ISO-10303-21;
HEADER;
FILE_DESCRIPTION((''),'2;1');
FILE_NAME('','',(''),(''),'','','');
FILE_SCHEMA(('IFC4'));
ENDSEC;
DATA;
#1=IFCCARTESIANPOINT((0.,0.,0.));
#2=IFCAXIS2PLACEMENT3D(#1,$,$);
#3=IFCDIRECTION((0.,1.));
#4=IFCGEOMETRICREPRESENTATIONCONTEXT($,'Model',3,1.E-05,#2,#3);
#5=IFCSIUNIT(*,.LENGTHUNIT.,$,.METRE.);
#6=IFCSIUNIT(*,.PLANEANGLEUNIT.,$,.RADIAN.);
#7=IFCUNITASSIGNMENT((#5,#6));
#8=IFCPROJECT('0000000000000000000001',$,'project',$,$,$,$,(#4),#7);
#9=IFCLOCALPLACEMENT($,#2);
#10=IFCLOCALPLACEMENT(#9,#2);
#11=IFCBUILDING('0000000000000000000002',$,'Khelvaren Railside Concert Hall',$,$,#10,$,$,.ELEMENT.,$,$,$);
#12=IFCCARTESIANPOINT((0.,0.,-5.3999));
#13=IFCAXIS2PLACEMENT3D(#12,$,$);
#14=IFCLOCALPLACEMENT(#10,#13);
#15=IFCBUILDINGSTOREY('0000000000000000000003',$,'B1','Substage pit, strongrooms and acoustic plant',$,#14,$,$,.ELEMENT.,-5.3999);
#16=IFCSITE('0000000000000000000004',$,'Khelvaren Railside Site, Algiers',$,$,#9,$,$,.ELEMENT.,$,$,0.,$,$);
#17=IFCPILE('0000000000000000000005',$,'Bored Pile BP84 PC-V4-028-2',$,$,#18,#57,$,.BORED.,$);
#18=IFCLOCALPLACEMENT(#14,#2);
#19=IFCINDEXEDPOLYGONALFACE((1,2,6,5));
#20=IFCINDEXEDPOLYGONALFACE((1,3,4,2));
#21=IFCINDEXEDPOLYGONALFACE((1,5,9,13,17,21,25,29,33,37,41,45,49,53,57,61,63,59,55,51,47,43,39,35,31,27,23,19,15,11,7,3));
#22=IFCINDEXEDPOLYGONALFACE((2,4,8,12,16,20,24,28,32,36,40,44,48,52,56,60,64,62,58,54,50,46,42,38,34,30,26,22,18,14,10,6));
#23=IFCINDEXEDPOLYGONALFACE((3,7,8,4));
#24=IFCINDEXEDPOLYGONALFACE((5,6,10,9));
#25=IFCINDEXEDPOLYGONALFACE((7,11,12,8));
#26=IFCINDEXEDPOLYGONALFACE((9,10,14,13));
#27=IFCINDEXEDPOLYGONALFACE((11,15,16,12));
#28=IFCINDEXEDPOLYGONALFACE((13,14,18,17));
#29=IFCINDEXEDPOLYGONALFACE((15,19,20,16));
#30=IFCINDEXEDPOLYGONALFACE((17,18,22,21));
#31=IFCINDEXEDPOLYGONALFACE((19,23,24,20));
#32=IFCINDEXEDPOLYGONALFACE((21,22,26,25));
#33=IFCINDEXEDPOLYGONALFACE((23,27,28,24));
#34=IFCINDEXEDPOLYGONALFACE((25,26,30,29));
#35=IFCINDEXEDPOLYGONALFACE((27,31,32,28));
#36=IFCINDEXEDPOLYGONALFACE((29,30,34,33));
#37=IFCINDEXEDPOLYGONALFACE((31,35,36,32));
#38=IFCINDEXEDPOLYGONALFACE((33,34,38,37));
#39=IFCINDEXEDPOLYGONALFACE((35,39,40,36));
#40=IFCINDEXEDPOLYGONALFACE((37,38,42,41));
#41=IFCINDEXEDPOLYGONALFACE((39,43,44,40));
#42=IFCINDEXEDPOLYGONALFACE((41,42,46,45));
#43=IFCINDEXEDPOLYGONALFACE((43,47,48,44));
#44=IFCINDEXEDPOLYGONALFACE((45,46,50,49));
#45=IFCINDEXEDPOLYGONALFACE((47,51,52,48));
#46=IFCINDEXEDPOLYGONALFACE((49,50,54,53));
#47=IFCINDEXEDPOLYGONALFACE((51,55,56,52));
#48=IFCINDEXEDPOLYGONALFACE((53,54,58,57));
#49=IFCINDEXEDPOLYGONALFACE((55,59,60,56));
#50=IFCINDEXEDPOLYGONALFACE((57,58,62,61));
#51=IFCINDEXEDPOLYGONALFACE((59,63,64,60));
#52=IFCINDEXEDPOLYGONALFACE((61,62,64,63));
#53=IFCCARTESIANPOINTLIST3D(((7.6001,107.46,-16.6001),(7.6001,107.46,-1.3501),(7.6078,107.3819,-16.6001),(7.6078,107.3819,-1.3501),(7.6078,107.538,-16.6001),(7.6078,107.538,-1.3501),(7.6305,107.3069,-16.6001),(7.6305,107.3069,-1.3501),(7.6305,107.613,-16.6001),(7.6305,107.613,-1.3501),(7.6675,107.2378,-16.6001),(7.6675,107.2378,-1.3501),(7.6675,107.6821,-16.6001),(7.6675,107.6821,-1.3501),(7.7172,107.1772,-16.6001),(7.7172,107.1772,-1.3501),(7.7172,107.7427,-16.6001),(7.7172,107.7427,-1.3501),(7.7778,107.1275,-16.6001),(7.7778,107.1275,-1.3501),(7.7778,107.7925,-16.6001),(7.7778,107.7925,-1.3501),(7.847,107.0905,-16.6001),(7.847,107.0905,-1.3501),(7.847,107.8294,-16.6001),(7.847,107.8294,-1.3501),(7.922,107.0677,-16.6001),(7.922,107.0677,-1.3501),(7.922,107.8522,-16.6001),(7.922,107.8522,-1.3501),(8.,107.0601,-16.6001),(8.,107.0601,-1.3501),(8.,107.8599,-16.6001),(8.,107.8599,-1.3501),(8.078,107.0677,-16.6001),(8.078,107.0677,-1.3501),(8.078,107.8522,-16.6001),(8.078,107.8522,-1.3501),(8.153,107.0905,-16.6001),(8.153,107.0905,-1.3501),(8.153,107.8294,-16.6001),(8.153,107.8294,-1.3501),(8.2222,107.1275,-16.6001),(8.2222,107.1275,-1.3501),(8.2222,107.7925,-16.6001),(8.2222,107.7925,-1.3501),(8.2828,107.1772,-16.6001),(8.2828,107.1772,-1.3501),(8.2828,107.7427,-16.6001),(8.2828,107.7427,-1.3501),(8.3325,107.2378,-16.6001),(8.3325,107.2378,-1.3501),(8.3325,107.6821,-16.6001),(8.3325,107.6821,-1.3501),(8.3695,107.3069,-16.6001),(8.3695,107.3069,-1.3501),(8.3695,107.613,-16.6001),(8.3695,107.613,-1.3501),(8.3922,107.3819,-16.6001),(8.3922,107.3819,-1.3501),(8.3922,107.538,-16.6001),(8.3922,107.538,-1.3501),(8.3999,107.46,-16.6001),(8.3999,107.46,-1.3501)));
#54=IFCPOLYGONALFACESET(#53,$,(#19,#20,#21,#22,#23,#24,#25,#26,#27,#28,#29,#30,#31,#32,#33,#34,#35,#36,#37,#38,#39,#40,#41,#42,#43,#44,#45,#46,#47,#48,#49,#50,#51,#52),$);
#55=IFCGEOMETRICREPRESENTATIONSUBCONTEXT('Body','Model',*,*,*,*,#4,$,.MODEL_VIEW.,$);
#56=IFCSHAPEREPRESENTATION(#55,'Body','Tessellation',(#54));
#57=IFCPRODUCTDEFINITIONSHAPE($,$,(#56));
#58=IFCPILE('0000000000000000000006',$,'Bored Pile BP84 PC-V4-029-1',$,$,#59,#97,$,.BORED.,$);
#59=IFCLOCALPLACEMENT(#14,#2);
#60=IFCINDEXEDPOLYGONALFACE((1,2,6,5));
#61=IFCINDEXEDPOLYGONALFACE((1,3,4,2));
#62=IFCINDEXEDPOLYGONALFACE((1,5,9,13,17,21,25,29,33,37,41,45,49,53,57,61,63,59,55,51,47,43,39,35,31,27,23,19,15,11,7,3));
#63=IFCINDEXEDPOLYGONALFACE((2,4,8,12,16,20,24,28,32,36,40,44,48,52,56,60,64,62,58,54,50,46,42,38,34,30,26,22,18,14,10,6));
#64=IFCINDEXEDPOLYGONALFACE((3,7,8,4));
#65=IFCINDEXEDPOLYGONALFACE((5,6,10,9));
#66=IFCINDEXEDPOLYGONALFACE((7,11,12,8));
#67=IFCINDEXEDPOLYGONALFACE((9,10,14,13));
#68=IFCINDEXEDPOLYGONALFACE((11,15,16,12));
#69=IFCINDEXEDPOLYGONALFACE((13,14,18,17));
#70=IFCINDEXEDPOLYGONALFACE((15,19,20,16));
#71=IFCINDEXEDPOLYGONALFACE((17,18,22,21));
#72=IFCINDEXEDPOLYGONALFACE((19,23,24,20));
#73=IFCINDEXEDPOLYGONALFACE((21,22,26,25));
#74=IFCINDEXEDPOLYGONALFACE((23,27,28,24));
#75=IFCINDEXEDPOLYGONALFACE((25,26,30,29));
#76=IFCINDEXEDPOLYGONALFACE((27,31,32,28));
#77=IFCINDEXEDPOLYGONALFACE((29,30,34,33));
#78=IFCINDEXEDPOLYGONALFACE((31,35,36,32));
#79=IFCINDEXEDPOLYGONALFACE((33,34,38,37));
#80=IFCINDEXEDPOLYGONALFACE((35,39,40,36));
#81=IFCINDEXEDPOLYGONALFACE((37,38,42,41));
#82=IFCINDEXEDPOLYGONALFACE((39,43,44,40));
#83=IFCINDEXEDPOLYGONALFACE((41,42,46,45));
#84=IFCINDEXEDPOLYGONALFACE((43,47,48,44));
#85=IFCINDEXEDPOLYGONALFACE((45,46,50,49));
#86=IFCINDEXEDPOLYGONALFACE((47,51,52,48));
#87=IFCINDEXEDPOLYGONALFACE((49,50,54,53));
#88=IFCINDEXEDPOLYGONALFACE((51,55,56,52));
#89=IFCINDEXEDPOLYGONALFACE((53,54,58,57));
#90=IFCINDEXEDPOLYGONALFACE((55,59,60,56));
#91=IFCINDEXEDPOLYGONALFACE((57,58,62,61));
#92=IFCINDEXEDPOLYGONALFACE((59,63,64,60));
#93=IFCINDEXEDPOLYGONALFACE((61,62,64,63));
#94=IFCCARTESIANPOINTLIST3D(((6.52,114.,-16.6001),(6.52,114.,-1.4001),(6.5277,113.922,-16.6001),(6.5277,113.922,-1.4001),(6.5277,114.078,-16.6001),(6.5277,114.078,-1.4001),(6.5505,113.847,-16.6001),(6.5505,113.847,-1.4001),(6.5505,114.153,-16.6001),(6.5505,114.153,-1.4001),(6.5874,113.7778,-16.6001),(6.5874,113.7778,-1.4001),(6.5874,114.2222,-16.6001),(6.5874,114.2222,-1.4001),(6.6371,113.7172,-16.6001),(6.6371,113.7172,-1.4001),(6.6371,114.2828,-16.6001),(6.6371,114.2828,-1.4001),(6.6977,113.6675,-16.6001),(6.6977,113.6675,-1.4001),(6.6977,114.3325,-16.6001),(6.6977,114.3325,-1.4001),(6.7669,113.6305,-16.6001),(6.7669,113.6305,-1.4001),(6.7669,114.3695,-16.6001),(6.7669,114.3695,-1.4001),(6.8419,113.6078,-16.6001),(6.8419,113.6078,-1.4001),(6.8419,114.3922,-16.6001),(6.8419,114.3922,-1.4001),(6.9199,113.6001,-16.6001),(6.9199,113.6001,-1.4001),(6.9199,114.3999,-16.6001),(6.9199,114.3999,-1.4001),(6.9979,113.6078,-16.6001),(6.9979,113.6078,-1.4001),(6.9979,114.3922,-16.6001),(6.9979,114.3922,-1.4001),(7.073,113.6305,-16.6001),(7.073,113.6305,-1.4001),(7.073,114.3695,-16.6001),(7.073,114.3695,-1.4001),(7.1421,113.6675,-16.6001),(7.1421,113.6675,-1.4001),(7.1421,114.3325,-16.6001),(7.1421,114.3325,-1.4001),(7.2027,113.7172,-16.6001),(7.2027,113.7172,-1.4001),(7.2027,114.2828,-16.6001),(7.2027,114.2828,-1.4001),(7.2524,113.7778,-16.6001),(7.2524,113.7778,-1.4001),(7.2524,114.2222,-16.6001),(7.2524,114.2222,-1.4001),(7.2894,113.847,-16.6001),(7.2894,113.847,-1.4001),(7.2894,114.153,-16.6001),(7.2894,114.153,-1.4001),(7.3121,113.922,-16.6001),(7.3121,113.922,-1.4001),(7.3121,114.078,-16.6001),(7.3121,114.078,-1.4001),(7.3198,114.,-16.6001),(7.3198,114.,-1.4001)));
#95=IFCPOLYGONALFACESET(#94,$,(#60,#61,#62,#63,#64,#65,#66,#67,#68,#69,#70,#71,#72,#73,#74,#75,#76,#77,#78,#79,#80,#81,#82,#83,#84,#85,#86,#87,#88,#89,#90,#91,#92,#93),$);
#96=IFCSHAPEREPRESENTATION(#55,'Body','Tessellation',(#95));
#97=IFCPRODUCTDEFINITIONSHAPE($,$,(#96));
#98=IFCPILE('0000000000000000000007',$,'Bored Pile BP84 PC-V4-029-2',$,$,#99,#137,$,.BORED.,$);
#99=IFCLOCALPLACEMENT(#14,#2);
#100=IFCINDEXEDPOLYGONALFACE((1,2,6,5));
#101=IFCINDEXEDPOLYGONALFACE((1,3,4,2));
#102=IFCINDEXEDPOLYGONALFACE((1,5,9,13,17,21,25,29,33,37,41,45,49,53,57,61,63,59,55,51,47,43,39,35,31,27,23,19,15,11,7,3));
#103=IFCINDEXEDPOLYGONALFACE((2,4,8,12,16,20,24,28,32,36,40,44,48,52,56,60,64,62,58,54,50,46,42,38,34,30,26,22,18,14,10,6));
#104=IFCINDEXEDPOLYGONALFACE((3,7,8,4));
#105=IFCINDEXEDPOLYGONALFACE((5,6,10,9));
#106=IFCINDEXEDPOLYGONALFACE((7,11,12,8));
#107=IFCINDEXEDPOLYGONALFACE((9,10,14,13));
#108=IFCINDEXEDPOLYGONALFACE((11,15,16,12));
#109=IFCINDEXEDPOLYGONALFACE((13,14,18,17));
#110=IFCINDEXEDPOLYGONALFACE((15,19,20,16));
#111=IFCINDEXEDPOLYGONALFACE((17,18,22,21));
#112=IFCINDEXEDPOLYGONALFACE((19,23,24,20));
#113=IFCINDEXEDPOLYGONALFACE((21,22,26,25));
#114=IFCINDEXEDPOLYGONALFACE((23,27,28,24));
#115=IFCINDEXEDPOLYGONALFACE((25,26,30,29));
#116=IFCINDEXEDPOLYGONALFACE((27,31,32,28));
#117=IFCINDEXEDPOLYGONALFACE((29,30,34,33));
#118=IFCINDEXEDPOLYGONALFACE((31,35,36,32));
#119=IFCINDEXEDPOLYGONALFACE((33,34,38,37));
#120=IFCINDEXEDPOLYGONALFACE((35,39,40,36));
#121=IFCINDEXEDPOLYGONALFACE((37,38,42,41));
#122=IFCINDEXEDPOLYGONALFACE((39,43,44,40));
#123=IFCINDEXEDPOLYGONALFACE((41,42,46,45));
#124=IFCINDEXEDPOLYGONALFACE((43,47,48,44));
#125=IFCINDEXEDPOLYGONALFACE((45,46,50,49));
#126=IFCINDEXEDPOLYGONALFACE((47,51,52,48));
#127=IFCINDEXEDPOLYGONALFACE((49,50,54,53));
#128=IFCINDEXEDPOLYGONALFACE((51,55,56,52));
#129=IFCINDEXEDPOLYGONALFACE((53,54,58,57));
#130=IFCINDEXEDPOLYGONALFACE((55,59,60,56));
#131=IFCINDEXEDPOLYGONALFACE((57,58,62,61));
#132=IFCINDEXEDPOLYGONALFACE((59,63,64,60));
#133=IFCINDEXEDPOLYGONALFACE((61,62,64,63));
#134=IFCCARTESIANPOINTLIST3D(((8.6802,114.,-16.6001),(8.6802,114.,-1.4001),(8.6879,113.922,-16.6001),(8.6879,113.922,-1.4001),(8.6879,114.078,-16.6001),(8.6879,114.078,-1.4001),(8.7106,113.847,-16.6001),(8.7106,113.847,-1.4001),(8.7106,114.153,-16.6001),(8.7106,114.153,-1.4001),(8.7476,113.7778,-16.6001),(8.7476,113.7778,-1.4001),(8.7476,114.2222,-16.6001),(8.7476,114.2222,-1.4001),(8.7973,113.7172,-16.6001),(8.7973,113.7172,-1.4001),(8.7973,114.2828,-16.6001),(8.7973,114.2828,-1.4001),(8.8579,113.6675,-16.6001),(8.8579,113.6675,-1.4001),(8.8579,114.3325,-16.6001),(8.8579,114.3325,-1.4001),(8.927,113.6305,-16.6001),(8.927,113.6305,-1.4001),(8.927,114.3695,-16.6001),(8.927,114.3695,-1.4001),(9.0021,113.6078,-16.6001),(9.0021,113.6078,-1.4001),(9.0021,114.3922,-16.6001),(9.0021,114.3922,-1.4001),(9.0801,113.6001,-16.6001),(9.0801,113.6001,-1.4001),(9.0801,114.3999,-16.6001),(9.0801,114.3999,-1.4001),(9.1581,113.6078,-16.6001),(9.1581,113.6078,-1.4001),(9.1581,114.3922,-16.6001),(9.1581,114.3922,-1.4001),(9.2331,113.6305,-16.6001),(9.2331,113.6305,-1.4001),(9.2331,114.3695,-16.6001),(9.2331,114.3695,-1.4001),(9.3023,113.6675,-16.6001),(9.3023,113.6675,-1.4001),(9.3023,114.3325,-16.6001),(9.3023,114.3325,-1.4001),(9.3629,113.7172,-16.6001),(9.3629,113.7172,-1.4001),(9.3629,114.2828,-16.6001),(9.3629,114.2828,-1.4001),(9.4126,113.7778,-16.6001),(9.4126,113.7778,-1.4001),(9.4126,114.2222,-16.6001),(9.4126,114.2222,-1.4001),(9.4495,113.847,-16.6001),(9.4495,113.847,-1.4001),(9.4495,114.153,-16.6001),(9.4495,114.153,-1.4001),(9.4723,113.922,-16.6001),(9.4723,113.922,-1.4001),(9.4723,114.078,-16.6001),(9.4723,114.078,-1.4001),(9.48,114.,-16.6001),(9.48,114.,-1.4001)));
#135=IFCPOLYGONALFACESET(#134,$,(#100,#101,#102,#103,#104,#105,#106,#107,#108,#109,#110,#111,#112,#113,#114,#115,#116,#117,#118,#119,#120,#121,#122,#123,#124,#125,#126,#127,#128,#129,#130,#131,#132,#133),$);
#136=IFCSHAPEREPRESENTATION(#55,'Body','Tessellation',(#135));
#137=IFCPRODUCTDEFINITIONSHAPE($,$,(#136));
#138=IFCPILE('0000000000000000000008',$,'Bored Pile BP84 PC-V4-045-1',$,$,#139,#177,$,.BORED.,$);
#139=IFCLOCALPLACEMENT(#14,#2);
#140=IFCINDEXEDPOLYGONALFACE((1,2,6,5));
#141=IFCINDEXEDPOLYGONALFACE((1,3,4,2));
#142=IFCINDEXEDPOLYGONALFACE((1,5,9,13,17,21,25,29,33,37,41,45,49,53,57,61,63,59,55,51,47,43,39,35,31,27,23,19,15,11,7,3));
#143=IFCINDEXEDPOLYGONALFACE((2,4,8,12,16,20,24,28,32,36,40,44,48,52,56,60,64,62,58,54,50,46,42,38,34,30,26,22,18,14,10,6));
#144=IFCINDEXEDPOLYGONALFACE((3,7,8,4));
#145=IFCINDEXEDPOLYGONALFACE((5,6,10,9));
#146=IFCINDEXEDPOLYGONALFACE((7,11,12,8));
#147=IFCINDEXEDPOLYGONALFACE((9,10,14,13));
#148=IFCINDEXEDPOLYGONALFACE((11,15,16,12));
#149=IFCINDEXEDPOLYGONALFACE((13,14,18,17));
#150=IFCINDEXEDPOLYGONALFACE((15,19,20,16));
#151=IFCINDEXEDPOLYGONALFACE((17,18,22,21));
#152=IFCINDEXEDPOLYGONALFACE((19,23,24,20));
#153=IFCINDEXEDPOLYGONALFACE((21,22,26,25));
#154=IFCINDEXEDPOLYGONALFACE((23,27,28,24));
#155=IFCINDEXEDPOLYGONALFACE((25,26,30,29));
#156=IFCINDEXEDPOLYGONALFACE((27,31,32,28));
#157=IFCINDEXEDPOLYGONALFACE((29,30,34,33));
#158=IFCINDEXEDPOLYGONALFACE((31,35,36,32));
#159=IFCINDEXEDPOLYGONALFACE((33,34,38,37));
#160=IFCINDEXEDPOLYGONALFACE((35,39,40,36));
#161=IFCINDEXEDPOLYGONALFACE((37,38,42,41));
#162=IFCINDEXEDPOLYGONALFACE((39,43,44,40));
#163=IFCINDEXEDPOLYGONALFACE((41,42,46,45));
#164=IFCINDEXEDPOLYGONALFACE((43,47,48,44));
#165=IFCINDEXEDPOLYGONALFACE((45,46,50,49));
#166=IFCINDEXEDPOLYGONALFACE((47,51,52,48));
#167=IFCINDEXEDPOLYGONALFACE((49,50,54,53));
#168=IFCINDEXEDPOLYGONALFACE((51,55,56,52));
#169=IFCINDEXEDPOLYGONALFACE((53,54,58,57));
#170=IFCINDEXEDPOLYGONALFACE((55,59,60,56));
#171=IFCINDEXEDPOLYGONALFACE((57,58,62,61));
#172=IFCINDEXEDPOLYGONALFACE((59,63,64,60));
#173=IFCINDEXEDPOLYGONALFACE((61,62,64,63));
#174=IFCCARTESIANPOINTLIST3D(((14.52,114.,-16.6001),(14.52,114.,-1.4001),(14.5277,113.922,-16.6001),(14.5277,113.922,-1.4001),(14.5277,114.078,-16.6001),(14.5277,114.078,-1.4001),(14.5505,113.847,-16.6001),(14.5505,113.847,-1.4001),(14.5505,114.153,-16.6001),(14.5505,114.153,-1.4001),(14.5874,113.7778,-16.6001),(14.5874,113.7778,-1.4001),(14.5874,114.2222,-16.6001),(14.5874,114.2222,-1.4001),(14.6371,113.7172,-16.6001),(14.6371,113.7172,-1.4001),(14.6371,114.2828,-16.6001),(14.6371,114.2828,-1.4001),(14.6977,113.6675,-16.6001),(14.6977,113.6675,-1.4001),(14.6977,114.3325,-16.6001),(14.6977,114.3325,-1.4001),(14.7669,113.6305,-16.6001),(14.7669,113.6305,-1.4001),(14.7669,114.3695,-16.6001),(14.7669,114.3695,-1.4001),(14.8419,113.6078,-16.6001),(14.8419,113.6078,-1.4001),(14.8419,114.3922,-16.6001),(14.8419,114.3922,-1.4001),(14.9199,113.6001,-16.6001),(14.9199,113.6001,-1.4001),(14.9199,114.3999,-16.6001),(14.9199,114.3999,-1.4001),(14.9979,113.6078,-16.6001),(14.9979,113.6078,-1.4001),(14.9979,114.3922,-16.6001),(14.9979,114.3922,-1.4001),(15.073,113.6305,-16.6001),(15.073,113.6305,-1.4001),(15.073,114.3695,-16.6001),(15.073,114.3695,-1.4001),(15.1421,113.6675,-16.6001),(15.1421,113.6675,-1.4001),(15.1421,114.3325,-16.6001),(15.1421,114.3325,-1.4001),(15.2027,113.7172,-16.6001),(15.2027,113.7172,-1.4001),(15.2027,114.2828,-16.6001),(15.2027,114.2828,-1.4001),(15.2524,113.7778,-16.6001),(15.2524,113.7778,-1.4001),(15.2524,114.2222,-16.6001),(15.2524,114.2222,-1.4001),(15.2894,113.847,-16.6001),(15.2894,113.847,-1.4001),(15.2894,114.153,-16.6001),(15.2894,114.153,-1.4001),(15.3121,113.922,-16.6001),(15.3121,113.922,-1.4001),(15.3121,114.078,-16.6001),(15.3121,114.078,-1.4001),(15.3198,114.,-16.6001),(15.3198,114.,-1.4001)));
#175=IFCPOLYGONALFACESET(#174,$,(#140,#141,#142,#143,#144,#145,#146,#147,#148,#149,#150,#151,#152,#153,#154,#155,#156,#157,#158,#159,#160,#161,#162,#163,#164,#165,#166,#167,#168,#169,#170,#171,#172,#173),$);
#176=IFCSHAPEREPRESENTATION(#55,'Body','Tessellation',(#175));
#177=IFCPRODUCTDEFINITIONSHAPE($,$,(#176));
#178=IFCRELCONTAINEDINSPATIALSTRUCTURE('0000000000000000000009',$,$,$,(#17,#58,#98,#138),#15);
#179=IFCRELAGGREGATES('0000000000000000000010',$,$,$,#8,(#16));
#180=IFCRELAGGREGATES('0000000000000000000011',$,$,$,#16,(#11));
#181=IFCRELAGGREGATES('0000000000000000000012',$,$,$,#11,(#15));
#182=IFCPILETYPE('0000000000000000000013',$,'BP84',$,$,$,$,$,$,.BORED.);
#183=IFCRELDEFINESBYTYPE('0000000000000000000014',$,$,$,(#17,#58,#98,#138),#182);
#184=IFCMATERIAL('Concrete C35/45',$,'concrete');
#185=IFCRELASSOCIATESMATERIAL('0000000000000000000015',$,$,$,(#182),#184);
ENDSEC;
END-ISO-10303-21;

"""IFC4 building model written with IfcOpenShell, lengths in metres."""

from ifc_helpers import new_model, si_unit, direction, frame, origin, origin_2d, place, context, subcontext, project, spatial, circle, extrude, material, material_profile, profile_set, type_object, element, save


model = new_model("IFC4")

# Units and contexts
model_context = context("Model", 3, precision=1e-05, world=origin(), true_north=direction((0.0, 1.0)))
body_context = subcontext(model_context, "Body", "Model", "MODEL_VIEW")
ifc_project = project(units=[si_unit("LENGTHUNIT", "METRE"), si_unit("PLANEANGLEUNIT", "RADIAN")], contexts=[model_context])

# Site, building, storey
site_placement = place(None, origin())
site = spatial("IfcSite", under=ifc_project, at=site_placement, Name="Khelvaren Railside Site, Algiers", CompositionType="ELEMENT", RefElevation=0.0)
building_placement = place(site_placement, origin())
building = spatial("IfcBuilding", under=site, at=building_placement, Name="Khelvaren Railside Concert Hall", CompositionType="ELEMENT")
storey_placement = place(building_placement, frame((0.0, 0.0, -5.3999)))
storey = spatial("IfcBuildingStorey", under=building, at=storey_placement, Name="B1", Description="Substage pit, strongrooms and acoustic plant", CompositionType="ELEMENT", Elevation=-5.3999)

# Piles
ifc_material_1 = material(Name="Concrete C35/45", Category="concrete")
ifc_material_profile_1 = material_profile(ifc_material_1, circle(Radius=0.3999, at=origin_2d()), Name="BP D800")
ifc_profile_set_1 = profile_set([ifc_material_profile_1], Name="Concrete C35/45")
pile_type_1 = type_object("IfcPileType", Name="BP84", PredefinedType="BORED", material=ifc_profile_set_1)
for number, where, z_axis, x_axis, name in (
    (1, (8.0, 107.46, -1.3501), (0.0, 0.0, -1.0), (1.0, 0.0, 0.0), "Bored Pile BP84 PC-V4-028-2"),
):
    element("IfcPile", number, at=place(storey_placement, frame(where, z_axis=z_axis, x_axis=x_axis)), inside=storey, type_object=pile_type_1, Name=name, PredefinedType="BORED", context=body_context, shape_type="SweptSolid", body=[
        extrude(circle(Radius=0.3999, at=origin_2d()), origin(), (0.0, 0.0, 1.0), 15.25),
    ])
for number, where, z_axis, x_axis, name in (
    (2, (6.9199, 114.0, -1.4001), (0.0, 0.0, -1.0), (1.0, 0.0, 0.0), "Bored Pile BP84 PC-V4-029-1"),
    (3, (9.0801, 114.0, -1.4001), (0.0, 0.0, -1.0), (1.0, 0.0, 0.0), "Bored Pile BP84 PC-V4-029-2"),
    (4, (14.9199, 114.0, -1.4001), (0.0, 0.0, -1.0), (1.0, 0.0, 0.0), "Bored Pile BP84 PC-V4-045-1"),
):
    element("IfcPile", number, at=place(storey_placement, frame(where, z_axis=z_axis, x_axis=x_axis)), inside=storey, type_object=pile_type_1, Name=name, PredefinedType="BORED", context=body_context, shape_type="SweptSolid", body=[
        extrude(circle(Radius=0.3999, at=origin_2d()), origin(), (0.0, 0.0, 1.0), 15.2),
    ])

save(model, "model.ifc")
